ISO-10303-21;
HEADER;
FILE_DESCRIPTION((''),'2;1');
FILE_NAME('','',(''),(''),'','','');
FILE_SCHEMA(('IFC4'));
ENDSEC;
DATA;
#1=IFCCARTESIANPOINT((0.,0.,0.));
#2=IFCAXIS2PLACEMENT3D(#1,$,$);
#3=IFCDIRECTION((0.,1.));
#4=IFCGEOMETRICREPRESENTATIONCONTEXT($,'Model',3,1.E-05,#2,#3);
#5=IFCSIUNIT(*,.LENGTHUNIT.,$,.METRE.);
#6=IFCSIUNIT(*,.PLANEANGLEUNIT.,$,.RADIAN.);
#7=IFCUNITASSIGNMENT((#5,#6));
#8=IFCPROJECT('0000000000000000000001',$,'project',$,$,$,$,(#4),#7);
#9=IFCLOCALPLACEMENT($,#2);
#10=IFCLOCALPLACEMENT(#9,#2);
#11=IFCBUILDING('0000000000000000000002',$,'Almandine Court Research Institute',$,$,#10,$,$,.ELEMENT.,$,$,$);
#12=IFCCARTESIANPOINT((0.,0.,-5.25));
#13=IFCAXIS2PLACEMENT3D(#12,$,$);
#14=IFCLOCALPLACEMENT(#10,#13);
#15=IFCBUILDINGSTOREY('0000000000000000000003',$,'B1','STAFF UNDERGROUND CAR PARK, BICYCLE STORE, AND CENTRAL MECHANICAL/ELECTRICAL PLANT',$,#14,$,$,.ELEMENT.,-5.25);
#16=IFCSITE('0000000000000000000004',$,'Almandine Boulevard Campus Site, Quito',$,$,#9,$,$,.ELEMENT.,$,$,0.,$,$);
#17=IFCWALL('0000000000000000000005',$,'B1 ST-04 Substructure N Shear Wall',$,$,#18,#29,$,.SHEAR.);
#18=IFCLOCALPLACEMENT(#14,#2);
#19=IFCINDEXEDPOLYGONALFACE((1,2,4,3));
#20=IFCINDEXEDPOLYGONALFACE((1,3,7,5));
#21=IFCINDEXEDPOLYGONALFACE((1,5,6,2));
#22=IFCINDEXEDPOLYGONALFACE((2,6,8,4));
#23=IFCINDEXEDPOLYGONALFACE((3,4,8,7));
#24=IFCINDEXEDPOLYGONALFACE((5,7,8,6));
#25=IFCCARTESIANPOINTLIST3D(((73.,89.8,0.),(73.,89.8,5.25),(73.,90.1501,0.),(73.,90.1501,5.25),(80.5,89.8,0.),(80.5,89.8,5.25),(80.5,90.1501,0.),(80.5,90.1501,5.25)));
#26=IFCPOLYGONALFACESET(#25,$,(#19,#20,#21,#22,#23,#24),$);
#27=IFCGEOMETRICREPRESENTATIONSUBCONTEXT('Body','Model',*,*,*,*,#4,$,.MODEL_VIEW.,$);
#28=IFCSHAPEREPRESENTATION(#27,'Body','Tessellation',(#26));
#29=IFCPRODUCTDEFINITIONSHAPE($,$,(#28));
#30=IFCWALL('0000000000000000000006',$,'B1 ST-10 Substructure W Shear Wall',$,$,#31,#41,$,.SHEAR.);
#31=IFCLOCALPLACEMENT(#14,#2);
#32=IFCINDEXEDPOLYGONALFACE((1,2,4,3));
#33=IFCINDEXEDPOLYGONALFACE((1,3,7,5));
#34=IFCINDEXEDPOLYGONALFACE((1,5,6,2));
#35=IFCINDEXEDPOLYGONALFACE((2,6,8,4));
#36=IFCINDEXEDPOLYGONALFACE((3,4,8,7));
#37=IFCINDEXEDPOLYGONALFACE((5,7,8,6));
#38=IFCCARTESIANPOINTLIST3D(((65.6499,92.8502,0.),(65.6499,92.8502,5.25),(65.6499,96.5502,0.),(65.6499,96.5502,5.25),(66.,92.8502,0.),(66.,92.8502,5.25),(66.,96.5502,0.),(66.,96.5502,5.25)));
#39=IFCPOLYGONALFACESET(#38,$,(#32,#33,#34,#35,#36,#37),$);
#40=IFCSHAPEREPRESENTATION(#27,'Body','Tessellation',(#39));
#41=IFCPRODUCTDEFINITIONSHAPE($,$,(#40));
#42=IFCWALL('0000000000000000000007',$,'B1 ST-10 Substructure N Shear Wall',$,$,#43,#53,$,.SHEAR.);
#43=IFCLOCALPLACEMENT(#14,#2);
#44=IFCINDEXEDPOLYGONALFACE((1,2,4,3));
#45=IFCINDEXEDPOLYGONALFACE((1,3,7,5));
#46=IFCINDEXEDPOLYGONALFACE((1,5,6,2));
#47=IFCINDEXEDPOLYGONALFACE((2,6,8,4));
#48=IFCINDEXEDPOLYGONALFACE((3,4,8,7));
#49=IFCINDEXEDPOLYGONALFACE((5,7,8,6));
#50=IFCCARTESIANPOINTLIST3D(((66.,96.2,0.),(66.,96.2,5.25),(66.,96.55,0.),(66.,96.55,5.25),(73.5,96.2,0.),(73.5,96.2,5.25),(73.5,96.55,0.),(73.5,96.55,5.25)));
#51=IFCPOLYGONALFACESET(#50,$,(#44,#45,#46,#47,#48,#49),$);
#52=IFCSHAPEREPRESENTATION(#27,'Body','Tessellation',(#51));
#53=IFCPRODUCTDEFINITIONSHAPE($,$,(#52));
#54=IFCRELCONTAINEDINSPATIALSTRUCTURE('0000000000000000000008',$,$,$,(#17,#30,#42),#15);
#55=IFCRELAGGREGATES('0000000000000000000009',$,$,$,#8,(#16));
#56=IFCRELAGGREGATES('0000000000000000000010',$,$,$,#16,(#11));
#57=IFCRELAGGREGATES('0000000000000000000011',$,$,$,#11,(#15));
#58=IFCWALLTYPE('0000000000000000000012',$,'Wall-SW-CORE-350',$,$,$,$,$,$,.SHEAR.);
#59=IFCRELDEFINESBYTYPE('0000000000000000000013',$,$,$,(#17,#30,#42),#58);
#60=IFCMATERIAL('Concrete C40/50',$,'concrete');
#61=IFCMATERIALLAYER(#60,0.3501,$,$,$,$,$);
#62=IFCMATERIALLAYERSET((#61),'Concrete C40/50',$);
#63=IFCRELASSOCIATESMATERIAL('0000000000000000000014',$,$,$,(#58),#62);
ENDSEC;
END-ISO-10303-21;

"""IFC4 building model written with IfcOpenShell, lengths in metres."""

from ifc_helpers import new_model, si_unit, direction, frame, frame_2d, origin, place, context, subcontext, project, spatial, rectangle, extrude, material, layer, layer_set, type_object, element, save


model = new_model("IFC4")

# Units and contexts
model_context = context("Model", 3, precision=1e-05, world=origin(), true_north=direction((0.0, 1.0)))
body_context = subcontext(model_context, "Body", "Model", "MODEL_VIEW")
ifc_project = project(units=[si_unit("LENGTHUNIT", "METRE"), si_unit("PLANEANGLEUNIT", "RADIAN")], contexts=[model_context])

# Site, building, storey
site_placement = place(None, origin())
site = spatial("IfcSite", under=ifc_project, at=site_placement, Name="Almandine Boulevard Campus Site, Quito", CompositionType="ELEMENT", RefElevation=0.0)
building_placement = place(site_placement, origin())
building = spatial("IfcBuilding", under=site, at=building_placement, Name="Almandine Court Research Institute", CompositionType="ELEMENT")
storey_placement = place(building_placement, frame((0.0, 0.0, -5.25)))
storey = spatial("IfcBuildingStorey", under=building, at=storey_placement, Name="B1", Description="STAFF UNDERGROUND CAR PARK, BICYCLE STORE, AND CENTRAL MECHANICAL/ELECTRICAL PLANT", CompositionType="ELEMENT", Elevation=-5.25)

# Shared definitions
ifc_material_1 = material(Name="Concrete C40/50", Category="concrete")

# Walls
ifc_layer = layer(ifc_material_1, 0.3501)
ifc_layer_set = layer_set([ifc_layer], Name="Concrete C40/50")
wall_type = type_object("IfcWallType", Name="Wall-SW-CORE-350", PredefinedType="SHEAR", material=ifc_layer_set)
wall_1_placement = place(storey_placement, frame((73.0, 89.9751, 0.0), z_axis=(0.0, 0.0, 1.0), x_axis=(1.0, 0.0, 0.0)))
element("IfcWall", 1, at=wall_1_placement, inside=storey, type_object=wall_type, Name="B1 ST-04 Substructure N Shear Wall", PredefinedType="SHEAR", context=body_context, shape_type="SweptSolid", body=[
    extrude(rectangle(XDim=7.5, YDim=0.3501, at=frame_2d((3.75, 0.0))), origin(), (0.0, 0.0, 1.0), 5.25),
])
wall_2_placement = place(storey_placement, frame((65.825, 92.8501, 0.0), z_axis=(0.0, 0.0, 1.0), x_axis=(0.0, 1.0, 0.0)))
element("IfcWall", 2, at=wall_2_placement, inside=storey, type_object=wall_type, Name="B1 ST-10 Substructure W Shear Wall", PredefinedType="SHEAR", context=body_context, shape_type="SweptSolid", body=[
    extrude(rectangle(XDim=3.7, YDim=0.3501, at=frame_2d((1.8501, 0.0))), origin(), (0.0, 0.0, 1.0), 5.25),
])
wall_3_placement = place(storey_placement, frame((66.0, 96.375, 0.0), z_axis=(0.0, 0.0, 1.0), x_axis=(1.0, 0.0, 0.0)))
element("IfcWall", 3, at=wall_3_placement, inside=storey, type_object=wall_type, Name="B1 ST-10 Substructure N Shear Wall", PredefinedType="SHEAR", context=body_context, shape_type="SweptSolid", body=[
    extrude(rectangle(XDim=7.5, YDim=0.3501, at=frame_2d((3.75, 0.0))), origin(), (0.0, 0.0, 1.0), 5.25),
])

save(model, "model.ifc")
